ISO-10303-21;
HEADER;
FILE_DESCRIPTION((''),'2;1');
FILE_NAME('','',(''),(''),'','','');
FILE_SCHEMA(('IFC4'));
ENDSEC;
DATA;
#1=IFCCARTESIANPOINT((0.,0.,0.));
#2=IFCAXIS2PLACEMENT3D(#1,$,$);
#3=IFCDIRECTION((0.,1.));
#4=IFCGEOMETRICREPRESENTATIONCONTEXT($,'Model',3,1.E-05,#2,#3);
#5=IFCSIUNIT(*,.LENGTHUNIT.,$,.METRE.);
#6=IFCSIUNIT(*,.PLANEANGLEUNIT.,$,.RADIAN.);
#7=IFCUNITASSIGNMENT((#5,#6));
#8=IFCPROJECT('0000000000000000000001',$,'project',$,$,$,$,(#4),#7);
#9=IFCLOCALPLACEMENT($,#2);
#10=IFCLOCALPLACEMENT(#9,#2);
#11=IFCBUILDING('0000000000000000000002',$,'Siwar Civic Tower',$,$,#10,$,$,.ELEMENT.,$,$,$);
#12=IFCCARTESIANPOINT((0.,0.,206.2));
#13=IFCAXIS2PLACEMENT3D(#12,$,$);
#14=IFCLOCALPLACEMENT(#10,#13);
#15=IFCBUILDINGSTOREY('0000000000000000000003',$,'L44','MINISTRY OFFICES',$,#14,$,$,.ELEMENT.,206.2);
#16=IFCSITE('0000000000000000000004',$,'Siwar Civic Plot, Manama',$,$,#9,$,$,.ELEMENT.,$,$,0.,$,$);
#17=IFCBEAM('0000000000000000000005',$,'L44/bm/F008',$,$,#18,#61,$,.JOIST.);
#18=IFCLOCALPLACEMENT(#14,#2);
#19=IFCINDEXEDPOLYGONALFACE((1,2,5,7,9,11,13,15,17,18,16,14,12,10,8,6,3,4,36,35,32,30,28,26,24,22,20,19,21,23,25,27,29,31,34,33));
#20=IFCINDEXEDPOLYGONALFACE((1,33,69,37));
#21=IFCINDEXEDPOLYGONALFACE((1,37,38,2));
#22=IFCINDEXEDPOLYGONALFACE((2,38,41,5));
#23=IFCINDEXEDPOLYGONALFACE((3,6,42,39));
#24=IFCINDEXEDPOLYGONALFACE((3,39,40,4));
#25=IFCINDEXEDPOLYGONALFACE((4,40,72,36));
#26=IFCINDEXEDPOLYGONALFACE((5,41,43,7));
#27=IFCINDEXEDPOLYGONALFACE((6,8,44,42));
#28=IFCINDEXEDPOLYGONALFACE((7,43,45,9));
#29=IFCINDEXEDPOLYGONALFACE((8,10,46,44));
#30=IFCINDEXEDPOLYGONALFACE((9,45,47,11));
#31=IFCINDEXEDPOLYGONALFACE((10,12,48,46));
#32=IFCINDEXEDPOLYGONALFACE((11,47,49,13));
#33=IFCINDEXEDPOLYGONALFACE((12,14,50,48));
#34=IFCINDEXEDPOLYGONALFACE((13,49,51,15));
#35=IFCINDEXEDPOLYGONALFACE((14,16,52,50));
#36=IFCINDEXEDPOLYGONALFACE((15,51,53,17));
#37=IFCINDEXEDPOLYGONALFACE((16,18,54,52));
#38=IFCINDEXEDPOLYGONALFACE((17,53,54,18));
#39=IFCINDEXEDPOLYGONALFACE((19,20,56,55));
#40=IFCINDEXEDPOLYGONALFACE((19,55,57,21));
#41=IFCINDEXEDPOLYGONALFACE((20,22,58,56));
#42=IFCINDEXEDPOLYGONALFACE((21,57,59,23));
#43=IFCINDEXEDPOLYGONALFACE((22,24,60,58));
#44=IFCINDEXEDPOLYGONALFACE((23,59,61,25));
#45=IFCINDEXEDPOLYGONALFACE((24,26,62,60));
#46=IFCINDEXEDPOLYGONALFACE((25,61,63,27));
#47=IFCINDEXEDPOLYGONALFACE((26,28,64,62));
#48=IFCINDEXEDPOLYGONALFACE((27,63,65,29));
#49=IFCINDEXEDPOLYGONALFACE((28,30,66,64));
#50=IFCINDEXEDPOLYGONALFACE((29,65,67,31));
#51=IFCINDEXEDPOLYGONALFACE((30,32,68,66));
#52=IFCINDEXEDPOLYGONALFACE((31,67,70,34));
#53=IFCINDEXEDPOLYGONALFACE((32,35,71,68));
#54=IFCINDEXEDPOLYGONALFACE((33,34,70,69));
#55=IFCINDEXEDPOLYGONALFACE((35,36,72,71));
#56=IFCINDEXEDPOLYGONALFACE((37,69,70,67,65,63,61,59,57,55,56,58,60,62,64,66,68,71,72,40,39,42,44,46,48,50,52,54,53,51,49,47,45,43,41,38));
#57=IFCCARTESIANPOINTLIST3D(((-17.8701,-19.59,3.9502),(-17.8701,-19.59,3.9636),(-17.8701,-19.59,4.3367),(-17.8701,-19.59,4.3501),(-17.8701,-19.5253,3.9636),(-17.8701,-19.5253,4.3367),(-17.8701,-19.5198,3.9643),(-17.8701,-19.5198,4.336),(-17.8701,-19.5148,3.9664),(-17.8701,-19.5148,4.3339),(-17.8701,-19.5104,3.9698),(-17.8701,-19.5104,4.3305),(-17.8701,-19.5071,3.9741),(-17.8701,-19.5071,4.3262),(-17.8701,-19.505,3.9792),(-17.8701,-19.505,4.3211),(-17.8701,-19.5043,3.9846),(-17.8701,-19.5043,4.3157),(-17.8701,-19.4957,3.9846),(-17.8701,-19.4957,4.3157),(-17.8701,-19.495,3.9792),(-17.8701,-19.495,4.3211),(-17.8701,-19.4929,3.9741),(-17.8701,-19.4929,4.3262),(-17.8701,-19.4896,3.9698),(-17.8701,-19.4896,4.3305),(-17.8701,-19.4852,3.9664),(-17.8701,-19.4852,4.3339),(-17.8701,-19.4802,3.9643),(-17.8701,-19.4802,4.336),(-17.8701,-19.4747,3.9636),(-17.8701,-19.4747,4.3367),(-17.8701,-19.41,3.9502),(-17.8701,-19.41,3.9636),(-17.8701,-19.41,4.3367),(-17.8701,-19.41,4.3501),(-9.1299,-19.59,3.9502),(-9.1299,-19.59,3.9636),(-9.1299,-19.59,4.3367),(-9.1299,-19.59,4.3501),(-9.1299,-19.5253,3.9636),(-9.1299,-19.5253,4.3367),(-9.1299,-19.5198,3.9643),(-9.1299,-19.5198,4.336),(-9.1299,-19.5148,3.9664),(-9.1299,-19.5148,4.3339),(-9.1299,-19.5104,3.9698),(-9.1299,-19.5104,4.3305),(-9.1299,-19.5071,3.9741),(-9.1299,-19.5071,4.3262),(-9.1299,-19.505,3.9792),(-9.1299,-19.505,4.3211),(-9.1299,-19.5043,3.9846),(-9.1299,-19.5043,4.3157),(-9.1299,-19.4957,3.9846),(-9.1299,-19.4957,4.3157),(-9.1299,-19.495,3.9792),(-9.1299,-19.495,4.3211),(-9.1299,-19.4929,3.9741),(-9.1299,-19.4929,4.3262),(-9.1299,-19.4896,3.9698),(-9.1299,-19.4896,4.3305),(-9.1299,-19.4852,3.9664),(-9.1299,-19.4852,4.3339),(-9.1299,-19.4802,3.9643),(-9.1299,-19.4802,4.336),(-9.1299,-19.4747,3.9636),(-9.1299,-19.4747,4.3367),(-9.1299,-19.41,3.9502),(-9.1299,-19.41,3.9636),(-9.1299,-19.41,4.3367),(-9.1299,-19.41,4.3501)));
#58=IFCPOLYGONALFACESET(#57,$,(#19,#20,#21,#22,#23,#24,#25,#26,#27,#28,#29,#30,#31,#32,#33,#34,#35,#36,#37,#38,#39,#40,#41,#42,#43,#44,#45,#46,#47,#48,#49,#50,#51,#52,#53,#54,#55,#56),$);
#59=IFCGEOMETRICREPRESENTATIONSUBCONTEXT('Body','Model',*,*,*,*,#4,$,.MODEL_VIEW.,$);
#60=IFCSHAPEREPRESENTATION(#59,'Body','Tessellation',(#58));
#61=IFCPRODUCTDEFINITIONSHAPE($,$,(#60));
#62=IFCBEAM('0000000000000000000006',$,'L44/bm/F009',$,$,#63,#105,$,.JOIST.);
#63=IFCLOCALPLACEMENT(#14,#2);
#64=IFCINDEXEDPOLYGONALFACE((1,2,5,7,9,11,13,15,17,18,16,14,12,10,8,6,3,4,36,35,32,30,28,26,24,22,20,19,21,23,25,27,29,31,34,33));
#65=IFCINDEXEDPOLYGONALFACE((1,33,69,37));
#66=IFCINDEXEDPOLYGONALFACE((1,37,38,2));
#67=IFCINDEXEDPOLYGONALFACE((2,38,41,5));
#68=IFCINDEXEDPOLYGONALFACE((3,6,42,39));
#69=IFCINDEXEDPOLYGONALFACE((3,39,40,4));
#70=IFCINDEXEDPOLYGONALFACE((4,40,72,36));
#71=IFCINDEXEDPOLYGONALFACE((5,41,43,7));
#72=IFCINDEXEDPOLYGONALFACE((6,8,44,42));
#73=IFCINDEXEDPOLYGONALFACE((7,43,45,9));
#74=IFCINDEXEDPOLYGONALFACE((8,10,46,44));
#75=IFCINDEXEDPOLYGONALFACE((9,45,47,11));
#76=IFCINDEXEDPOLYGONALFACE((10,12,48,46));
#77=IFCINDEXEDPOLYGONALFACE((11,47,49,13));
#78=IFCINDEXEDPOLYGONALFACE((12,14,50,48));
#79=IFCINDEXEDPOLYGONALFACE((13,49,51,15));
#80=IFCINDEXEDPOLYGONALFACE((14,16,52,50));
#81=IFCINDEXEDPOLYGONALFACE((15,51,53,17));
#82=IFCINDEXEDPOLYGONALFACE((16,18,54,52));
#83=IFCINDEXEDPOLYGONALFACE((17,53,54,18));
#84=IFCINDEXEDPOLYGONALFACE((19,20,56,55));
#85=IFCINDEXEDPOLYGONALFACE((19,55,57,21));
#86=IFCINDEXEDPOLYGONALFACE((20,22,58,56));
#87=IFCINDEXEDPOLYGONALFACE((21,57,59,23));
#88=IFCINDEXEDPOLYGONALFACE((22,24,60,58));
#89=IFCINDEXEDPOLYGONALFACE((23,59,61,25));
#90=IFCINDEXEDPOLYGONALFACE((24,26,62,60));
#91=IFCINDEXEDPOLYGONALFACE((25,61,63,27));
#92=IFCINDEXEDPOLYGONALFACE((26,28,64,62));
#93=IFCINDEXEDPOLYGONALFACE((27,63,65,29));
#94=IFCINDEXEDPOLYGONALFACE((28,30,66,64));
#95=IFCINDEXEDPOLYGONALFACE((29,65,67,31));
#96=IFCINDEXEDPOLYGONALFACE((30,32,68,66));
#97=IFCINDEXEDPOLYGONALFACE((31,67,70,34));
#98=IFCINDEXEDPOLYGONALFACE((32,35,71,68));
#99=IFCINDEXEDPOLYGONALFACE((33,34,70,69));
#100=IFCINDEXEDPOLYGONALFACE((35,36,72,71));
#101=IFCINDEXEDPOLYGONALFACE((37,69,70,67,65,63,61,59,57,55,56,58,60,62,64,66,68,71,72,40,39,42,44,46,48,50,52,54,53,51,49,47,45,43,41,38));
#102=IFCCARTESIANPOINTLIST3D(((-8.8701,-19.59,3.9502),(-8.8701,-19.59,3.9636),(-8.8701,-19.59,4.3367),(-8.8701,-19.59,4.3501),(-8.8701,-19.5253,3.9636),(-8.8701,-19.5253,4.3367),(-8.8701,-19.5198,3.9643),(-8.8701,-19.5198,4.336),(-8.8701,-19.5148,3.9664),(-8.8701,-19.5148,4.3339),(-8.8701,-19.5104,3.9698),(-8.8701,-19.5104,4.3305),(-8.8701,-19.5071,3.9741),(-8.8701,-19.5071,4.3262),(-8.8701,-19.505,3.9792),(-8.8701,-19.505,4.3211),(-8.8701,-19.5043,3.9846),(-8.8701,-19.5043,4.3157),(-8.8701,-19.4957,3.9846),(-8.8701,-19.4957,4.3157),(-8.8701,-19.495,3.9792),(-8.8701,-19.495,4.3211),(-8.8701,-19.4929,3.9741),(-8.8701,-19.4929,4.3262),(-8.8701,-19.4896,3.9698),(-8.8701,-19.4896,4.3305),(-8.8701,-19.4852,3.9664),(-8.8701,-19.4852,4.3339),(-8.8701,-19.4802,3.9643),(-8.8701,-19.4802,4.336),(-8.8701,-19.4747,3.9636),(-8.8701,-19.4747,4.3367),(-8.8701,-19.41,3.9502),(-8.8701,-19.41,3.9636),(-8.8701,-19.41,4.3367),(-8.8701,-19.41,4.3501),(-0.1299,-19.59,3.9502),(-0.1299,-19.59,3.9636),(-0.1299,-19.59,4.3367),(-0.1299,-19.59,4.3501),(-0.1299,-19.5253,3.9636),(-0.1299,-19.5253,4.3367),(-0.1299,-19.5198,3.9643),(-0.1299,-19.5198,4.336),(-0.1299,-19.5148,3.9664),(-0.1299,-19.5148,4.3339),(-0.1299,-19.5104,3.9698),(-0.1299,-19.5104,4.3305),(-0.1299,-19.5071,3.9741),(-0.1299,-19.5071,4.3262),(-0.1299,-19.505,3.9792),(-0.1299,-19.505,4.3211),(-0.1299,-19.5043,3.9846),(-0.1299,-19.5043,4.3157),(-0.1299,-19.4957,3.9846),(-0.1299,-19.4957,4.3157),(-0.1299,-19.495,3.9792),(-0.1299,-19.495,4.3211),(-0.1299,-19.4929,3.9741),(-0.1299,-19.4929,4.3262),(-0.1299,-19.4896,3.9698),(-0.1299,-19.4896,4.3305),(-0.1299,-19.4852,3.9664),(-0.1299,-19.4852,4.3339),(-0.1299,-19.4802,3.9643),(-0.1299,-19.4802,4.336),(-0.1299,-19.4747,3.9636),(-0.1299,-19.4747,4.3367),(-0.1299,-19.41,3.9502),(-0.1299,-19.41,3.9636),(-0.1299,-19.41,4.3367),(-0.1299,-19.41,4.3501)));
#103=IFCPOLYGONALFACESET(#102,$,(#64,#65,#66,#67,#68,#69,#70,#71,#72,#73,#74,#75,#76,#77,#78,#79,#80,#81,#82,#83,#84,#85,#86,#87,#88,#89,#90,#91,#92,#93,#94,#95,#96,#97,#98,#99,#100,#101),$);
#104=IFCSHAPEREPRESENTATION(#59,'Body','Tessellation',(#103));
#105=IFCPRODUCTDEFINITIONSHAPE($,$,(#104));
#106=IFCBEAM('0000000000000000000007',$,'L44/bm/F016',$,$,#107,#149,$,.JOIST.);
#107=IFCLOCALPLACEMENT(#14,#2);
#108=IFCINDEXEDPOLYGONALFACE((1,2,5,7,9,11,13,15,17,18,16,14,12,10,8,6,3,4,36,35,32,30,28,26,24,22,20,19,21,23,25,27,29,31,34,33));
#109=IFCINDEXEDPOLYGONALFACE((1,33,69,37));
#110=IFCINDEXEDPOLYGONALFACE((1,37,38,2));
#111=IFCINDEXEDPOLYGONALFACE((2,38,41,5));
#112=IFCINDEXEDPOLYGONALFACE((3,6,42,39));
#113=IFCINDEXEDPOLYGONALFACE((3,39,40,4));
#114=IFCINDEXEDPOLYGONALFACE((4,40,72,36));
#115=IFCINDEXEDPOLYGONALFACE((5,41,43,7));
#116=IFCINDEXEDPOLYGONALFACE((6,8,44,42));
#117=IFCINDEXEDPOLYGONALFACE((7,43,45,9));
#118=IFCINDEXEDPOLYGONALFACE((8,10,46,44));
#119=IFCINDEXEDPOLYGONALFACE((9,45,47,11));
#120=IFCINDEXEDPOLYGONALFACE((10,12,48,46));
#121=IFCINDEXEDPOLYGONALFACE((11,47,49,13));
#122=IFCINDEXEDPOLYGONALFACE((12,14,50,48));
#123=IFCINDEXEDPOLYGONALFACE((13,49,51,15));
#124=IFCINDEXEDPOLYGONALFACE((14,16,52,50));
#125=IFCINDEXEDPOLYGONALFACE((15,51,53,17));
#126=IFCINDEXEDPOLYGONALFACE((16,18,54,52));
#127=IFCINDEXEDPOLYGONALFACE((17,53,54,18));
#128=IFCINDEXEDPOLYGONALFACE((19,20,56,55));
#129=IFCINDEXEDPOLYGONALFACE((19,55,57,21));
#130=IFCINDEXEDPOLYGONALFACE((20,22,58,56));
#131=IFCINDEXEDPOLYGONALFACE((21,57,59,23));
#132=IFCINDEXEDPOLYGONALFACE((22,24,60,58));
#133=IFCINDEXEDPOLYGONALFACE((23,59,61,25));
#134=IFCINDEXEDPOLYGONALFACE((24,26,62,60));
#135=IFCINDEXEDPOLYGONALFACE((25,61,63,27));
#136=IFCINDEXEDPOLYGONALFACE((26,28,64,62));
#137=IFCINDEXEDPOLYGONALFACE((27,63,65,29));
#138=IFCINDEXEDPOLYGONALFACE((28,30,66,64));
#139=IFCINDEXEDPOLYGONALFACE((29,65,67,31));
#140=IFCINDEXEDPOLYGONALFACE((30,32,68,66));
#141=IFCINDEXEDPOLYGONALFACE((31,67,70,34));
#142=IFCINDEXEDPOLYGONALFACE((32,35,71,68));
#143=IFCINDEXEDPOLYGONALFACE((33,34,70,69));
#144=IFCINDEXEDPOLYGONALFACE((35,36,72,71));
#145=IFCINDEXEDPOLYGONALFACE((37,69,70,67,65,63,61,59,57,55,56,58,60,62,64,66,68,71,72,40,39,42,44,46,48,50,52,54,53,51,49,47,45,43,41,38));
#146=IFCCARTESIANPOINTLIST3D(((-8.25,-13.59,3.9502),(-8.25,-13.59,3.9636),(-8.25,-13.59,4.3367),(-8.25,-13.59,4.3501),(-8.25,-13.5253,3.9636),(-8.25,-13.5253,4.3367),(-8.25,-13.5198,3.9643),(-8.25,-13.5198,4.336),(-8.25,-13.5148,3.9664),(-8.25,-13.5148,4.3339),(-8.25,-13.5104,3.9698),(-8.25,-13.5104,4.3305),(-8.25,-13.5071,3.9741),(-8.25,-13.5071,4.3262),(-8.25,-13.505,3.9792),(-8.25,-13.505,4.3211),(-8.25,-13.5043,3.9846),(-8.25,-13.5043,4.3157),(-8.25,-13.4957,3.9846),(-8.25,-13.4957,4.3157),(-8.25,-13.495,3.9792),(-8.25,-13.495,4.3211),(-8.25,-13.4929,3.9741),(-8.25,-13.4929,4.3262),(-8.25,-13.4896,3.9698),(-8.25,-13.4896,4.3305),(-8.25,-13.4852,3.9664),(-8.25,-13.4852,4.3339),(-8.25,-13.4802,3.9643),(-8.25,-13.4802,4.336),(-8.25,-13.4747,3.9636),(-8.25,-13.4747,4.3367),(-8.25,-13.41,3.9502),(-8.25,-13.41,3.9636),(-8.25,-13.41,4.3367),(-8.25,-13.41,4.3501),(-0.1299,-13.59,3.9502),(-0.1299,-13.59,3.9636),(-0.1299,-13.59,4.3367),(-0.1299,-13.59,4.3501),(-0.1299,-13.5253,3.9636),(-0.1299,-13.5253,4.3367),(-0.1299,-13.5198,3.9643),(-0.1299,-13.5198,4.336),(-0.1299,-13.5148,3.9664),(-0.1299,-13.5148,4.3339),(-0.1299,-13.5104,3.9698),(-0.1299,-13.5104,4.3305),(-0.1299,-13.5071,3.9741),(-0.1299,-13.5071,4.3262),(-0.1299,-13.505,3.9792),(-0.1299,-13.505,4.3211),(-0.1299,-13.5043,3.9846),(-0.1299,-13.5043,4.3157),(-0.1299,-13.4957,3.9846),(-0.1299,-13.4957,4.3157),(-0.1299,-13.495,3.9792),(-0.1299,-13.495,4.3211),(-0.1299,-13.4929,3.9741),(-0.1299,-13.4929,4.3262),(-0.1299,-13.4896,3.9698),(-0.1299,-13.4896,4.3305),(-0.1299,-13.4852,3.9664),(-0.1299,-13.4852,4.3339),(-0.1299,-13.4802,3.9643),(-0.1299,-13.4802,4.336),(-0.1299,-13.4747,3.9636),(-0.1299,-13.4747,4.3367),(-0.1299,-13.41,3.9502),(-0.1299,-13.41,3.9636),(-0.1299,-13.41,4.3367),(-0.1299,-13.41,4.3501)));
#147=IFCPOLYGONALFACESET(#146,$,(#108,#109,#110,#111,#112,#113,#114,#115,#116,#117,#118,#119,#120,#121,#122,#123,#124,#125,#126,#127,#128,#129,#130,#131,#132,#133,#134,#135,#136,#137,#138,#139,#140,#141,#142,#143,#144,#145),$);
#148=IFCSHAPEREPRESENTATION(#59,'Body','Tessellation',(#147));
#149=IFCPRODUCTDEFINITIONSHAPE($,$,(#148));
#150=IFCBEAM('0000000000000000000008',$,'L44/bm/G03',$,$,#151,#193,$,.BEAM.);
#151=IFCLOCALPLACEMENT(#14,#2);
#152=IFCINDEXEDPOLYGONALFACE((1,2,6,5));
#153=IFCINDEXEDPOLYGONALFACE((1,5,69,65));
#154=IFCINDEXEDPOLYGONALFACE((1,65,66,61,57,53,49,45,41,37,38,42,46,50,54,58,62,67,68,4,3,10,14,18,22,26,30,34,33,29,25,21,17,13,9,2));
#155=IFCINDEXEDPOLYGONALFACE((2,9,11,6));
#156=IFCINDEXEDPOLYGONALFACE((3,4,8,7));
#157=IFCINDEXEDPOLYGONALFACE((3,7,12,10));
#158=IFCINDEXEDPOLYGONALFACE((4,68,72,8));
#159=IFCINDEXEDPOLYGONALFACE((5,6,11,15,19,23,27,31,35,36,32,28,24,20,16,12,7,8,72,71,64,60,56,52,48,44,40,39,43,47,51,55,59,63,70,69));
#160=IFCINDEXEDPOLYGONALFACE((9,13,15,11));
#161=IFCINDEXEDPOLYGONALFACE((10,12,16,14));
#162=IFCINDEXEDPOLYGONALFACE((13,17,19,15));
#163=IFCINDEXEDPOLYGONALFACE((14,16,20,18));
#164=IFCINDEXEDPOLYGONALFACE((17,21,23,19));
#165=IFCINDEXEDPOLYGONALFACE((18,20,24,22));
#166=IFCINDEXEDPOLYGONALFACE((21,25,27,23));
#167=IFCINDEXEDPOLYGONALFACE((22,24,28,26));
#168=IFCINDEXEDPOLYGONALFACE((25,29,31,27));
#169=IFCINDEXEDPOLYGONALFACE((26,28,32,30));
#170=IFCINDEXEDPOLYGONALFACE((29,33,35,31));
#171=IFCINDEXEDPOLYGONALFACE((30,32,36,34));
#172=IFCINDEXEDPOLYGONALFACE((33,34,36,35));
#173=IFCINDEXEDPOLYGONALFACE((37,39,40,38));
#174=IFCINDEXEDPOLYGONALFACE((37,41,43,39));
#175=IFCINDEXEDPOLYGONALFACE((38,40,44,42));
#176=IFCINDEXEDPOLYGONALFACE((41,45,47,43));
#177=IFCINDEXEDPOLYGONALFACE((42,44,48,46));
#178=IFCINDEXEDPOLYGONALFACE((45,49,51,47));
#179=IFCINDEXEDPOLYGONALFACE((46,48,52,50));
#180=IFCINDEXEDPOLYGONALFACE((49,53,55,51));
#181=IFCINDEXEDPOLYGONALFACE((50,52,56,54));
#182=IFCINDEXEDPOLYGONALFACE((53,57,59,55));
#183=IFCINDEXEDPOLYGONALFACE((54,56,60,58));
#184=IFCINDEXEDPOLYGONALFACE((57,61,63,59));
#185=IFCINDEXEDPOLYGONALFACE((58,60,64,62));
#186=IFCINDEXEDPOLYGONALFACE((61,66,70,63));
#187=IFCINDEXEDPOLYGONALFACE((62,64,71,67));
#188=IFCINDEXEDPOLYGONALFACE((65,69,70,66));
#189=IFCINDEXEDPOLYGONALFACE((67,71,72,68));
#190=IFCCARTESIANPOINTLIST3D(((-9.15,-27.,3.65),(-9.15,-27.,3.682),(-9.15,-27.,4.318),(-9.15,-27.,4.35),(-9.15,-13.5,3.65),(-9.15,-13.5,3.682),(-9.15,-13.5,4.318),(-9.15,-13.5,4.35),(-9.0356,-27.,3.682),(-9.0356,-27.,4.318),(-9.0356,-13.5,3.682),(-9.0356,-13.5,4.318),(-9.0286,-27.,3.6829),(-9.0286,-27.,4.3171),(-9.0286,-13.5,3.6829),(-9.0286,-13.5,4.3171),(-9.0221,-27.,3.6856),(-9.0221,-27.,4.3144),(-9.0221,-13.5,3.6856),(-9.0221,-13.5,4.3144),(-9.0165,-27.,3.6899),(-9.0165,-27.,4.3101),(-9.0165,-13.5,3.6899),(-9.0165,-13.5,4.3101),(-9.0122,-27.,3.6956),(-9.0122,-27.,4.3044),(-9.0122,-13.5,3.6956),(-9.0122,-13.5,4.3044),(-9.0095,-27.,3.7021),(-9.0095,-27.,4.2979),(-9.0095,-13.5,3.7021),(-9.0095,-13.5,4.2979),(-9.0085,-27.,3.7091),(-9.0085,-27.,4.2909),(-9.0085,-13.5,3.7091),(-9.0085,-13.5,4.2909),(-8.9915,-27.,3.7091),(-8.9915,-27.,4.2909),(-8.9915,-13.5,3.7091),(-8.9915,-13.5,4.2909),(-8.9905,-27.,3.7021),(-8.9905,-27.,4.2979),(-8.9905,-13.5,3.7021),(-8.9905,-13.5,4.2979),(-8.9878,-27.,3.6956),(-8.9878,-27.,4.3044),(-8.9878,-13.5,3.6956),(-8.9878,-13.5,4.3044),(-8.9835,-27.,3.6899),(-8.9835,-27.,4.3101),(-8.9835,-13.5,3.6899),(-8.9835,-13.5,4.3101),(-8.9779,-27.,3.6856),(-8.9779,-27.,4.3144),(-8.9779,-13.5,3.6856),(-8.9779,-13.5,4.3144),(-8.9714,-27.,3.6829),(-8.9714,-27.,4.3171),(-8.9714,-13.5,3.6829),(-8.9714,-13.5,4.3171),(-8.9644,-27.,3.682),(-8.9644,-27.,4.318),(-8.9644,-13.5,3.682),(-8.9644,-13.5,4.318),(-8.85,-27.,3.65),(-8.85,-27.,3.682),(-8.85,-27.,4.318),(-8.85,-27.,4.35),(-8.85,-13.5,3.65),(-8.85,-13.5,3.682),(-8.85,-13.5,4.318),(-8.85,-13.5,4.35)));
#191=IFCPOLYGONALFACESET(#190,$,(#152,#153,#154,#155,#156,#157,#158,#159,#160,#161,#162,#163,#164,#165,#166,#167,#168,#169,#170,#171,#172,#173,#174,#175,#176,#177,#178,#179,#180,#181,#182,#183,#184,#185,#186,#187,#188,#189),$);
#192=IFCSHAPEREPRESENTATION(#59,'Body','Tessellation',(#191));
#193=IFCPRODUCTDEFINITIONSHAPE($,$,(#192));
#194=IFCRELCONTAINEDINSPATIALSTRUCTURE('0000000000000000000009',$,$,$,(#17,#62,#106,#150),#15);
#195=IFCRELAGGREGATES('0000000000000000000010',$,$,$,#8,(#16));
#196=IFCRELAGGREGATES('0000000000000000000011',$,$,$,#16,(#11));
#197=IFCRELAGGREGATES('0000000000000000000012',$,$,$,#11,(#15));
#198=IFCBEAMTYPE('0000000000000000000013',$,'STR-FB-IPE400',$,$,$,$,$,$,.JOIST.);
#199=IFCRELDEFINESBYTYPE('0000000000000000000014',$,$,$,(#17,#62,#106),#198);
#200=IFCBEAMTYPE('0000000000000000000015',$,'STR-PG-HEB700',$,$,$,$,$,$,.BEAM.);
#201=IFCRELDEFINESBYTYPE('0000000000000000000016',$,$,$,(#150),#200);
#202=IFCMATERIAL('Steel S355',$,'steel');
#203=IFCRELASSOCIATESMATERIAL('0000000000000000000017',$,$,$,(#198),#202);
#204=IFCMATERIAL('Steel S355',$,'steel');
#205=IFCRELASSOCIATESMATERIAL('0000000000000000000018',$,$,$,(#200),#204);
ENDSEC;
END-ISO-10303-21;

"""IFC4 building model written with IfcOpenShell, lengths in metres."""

from ifc_helpers import new_model, si_unit, direction, frame, origin, origin_2d, place, context, subcontext, project, spatial, i_section, extrude, material, material_profile, profile_set, type_object, element, save


model = new_model("IFC4")

# Units and contexts
model_context = context("Model", 3, precision=1e-05, world=origin(), true_north=direction((0.0, 1.0)))
body_context = subcontext(model_context, "Body", "Model", "MODEL_VIEW")
ifc_project = project(units=[si_unit("LENGTHUNIT", "METRE"), si_unit("PLANEANGLEUNIT", "RADIAN")], contexts=[model_context])

# Site, building, storey
site_placement = place(None, origin())
site = spatial("IfcSite", under=ifc_project, at=site_placement, Name="Siwar Civic Plot, Manama", CompositionType="ELEMENT", RefElevation=0.0)
building_placement = place(site_placement, origin())
building = spatial("IfcBuilding", under=site, at=building_placement, Name="Siwar Civic Tower", CompositionType="ELEMENT")
storey_placement = place(building_placement, frame((0.0, 0.0, 206.2)))
storey = spatial("IfcBuildingStorey", under=building, at=storey_placement, Name="L44", Description="MINISTRY OFFICES", CompositionType="ELEMENT", Elevation=206.2)

# Beams
ifc_material_1 = material(Name="Steel S355", Category="steel")
ifc_material_profile_1 = material_profile(ifc_material_1, i_section(OverallWidth=0.1799, OverallDepth=0.3999, WebThickness=0.0085, FlangeThickness=0.0134, FilletRadius=0.021, at=origin_2d()), Name="IPE400")
ifc_profile_set_1 = profile_set([ifc_material_profile_1], Name="Steel S355")
beam_type_1 = type_object("IfcBeamType", Name="STR-FB-IPE400", PredefinedType="JOIST", material=ifc_profile_set_1)
for number, where, z_axis, x_axis, name in (
    (1, (-17.8701, -19.5, 4.1501), (1.0, 0.0, 0.0), (0.0, 1.0, 0.0), "L44/bm/F008"),
    (2, (-8.8701, -19.5, 4.1501), (1.0, 0.0, 0.0), (0.0, 1.0, 0.0), "L44/bm/F009"),
):
    element("IfcBeam", number, at=place(storey_placement, frame(where, z_axis=z_axis, x_axis=x_axis)), inside=storey, type_object=beam_type_1, Name=name, PredefinedType="JOIST", context=body_context, shape_type="SweptSolid", body=[
        extrude(i_section(OverallWidth=0.1799, OverallDepth=0.3999, WebThickness=0.0085, FlangeThickness=0.0134, FilletRadius=0.021, at=origin_2d()), origin(), (0.0, 0.0, 1.0), 8.7402),
    ])
beam_1_placement = place(storey_placement, frame((-8.25, -13.5, 4.1501), z_axis=(1.0, 0.0, 0.0), x_axis=(0.0, 1.0, 0.0)))
element("IfcBeam", 3, at=beam_1_placement, inside=storey, type_object=beam_type_1, Name="L44/bm/F016", PredefinedType="JOIST", context=body_context, shape_type="SweptSolid", body=[
    extrude(i_section(OverallWidth=0.1799, OverallDepth=0.3999, WebThickness=0.0085, FlangeThickness=0.0134, FilletRadius=0.021, at=origin_2d()), origin(), (0.0, 0.0, 1.0), 8.1201),
])
ifc_material_2 = material(Name="Steel S355", Category="steel")
ifc_material_profile_2 = material_profile(ifc_material_2, i_section(OverallWidth=0.3, OverallDepth=0.7, WebThickness=0.0171, FlangeThickness=0.032, FilletRadius=0.0271, at=origin_2d()), Name="HEB700")
ifc_profile_set_2 = profile_set([ifc_material_profile_2], Name="Steel S355")
beam_type_2 = type_object("IfcBeamType", Name="STR-PG-HEB700", PredefinedType="BEAM", material=ifc_profile_set_2)
beam_2_placement = place(storey_placement, frame((-9.0, -27.0, 4.0), z_axis=(0.0, 1.0, 0.0), x_axis=(-1.0, 0.0, 0.0)))
element("IfcBeam", 4, at=beam_2_placement, inside=storey, type_object=beam_type_2, Name="L44/bm/G03", PredefinedType="BEAM", context=body_context, shape_type="SweptSolid", body=[
    extrude(i_section(OverallWidth=0.3, OverallDepth=0.7, WebThickness=0.0171, FlangeThickness=0.032, FilletRadius=0.0271, at=origin_2d()), origin(), (0.0, 0.0, 1.0), 13.5),
])

save(model, "model.ifc")
